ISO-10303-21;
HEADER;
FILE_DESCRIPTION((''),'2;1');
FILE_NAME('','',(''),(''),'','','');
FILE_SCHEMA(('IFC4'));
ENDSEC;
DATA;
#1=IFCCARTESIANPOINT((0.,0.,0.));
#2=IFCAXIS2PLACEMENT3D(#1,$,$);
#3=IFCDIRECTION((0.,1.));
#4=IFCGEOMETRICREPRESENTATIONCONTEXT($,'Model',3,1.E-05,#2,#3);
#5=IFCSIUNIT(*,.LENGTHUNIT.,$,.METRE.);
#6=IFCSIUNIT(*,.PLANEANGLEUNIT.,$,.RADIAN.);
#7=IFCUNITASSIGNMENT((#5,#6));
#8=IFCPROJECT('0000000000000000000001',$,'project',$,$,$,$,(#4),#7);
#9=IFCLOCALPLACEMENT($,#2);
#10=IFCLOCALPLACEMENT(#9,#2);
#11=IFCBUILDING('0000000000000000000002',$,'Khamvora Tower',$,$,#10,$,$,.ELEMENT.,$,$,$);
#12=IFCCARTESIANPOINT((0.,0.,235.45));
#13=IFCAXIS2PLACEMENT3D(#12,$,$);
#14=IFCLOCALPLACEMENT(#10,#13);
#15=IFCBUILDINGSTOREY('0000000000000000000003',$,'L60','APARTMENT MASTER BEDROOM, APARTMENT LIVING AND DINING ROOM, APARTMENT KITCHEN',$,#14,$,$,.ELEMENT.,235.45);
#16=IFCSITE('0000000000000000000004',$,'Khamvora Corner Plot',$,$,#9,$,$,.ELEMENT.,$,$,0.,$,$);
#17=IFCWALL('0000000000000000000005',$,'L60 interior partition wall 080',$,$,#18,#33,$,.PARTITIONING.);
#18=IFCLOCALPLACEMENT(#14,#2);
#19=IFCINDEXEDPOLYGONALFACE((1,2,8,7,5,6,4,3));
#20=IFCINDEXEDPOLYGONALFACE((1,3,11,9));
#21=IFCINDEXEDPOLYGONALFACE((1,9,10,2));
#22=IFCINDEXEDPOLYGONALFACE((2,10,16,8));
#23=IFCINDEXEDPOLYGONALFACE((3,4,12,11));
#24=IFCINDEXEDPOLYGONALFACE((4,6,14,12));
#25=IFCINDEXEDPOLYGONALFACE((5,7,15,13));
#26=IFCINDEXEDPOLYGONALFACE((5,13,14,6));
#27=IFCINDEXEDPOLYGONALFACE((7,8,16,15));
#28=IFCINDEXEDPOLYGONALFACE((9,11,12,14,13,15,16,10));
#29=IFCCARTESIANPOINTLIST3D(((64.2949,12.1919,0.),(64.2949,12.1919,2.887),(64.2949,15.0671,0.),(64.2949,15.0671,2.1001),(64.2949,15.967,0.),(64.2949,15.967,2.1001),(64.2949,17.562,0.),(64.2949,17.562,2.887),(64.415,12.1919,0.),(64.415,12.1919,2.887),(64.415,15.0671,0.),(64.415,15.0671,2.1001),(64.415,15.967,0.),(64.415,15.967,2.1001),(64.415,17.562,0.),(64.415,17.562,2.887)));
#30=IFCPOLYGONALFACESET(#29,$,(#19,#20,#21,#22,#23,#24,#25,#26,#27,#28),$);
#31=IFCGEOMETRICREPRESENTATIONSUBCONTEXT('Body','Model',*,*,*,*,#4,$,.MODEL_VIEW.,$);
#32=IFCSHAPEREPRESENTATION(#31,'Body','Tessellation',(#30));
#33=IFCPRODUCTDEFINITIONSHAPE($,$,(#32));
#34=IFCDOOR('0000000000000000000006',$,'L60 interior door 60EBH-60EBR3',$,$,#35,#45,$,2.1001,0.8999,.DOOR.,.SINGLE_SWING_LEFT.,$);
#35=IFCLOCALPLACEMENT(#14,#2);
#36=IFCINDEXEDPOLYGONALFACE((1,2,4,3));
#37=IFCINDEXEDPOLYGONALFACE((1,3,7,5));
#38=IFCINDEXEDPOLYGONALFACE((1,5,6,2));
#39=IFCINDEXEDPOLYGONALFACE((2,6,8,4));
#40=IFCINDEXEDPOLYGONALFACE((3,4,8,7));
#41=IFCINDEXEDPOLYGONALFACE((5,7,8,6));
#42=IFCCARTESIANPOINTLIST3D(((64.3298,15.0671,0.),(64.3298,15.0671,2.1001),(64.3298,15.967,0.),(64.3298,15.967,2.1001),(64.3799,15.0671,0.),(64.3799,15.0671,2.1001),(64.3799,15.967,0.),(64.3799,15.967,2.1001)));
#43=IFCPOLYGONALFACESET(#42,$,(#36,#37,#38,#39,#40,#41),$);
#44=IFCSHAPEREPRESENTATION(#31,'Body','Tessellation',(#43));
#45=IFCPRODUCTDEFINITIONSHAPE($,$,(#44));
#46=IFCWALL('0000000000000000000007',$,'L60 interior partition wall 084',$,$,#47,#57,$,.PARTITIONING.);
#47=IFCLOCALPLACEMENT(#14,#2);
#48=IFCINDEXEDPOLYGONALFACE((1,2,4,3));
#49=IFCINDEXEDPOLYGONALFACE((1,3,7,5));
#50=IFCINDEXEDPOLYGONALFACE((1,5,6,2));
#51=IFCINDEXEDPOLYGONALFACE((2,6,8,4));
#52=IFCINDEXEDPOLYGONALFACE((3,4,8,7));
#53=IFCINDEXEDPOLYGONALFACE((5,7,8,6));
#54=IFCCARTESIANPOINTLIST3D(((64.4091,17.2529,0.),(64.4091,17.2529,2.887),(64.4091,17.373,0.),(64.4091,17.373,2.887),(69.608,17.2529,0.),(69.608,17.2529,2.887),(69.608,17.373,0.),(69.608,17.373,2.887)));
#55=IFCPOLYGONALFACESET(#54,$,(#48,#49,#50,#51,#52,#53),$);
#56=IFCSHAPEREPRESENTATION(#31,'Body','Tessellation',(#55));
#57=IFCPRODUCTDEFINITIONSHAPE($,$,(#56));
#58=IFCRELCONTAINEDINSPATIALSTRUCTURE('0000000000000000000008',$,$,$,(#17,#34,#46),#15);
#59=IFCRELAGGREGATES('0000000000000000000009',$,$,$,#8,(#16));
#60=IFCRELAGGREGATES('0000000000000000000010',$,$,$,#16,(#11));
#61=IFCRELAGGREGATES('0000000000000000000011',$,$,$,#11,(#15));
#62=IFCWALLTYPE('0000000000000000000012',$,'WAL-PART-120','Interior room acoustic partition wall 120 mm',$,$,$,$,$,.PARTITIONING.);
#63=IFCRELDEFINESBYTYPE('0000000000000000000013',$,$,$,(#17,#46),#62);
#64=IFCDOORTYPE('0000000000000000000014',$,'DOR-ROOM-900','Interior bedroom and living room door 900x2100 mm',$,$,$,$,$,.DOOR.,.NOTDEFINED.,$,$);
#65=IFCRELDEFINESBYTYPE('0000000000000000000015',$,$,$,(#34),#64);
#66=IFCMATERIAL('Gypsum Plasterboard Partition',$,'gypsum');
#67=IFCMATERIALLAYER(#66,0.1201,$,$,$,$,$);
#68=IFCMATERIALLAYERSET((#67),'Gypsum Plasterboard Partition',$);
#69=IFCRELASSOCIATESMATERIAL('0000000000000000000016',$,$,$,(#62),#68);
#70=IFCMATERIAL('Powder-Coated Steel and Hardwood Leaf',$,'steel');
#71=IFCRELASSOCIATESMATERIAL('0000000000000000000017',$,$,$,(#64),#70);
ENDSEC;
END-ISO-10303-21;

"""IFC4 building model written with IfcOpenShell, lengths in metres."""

from ifc_helpers import new_model, si_unit, direction, frame, frame_2d, origin, place, context, subcontext, project, spatial, rectangle, extrude, material, layer, layer_set, type_object, element, fill, save


model = new_model("IFC4")

# Units and contexts
model_context = context("Model", 3, precision=1e-05, world=origin(), true_north=direction((0.0, 1.0)))
body_context = subcontext(model_context, "Body", "Model", "MODEL_VIEW")
ifc_project = project(units=[si_unit("LENGTHUNIT", "METRE"), si_unit("PLANEANGLEUNIT", "RADIAN")], contexts=[model_context])

# Site, building, storey
site_placement = place(None, origin())
site = spatial("IfcSite", under=ifc_project, at=site_placement, Name="Khamvora Corner Plot", CompositionType="ELEMENT", RefElevation=0.0)
building_placement = place(site_placement, origin())
building = spatial("IfcBuilding", under=site, at=building_placement, Name="Khamvora Tower", CompositionType="ELEMENT")
storey_placement = place(building_placement, frame((0.0, 0.0, 235.45)))
storey = spatial("IfcBuildingStorey", under=building, at=storey_placement, Name="L60", Description="APARTMENT MASTER BEDROOM, APARTMENT LIVING AND DINING ROOM, APARTMENT KITCHEN", CompositionType="ELEMENT", Elevation=235.45)

# Wall, opening, door
ifc_material_1 = material(Name="Gypsum Plasterboard Partition", Category="gypsum")
ifc_layer_1 = layer(ifc_material_1, 0.1201)
ifc_layer_set_1 = layer_set([ifc_layer_1], Name="Gypsum Plasterboard Partition")
wall_type_1 = type_object("IfcWallType", Name="WAL-PART-120", Description="Interior room acoustic partition wall 120 mm", PredefinedType="PARTITIONING", material=ifc_layer_set_1)
wall_1_placement = place(storey_placement, frame((64.355, 17.562, 0.0), z_axis=(0.0, 0.0, 1.0), x_axis=(0.0, -1.0, 0.0)))
wall_1 = element("IfcWall", 1, at=wall_1_placement, inside=storey, type_object=wall_type_1, Name="L60 interior partition wall 080", PredefinedType="PARTITIONING", context=body_context, shape_type="SweptSolid", body=[
    extrude(rectangle(XDim=5.3701, YDim=0.1201, at=frame_2d((2.6851, 0.0))), origin(), (0.0, 0.0, 1.0), 2.887),
])
opening_1_placement = place(wall_1_placement, frame((1.595, 0.0, 0.0)))
opening_1 = element("IfcOpeningElement", 2, at=opening_1_placement, cuts=wall_1, PredefinedType="OPENING", context=body_context, shape_type="SweptSolid", body=[
    extrude(rectangle(XDim=0.8999, YDim=2.1001, at=frame_2d((0.45, 1.05))), frame((0.0, 0.0701, 0.0), z_axis=(0.0, -1.0, 0.0), x_axis=(1.0, 0.0, 0.0)), (0.0, 0.0, 1.0), 0.1401),
])
ifc_material_2 = material(Name="Powder-Coated Steel and Hardwood Leaf", Category="steel")
door_type = type_object("IfcDoorType", Name="DOR-ROOM-900", Description="Interior bedroom and living room door 900x2100 mm", OperationType="NOTDEFINED", PredefinedType="DOOR", material=ifc_material_2)
door_placement = place(opening_1_placement, origin())
door = element("IfcDoor", 3, at=door_placement, inside=storey, type_object=door_type, Name="L60 interior door 60EBH-60EBR3", OperationType="SINGLE_SWING_LEFT", OverallHeight=2.1001, OverallWidth=0.8999, PredefinedType="DOOR", context=body_context, shape_type="SweptSolid", body=[
    extrude(rectangle(XDim=0.8999, YDim=2.1001, at=frame_2d((0.45, 1.05))), frame((0.0, 0.0249, 0.0), z_axis=(0.0, -1.0, 0.0), x_axis=(1.0, 0.0, 0.0)), (0.0, 0.0, 1.0), 0.05),
])
fill(opening_1, door)

# Wall
wall_2_placement = place(storey_placement, frame((64.4089, 17.313, 0.0), z_axis=(0.0, 0.0, 1.0), x_axis=(1.0, 0.0, 0.0)))
element("IfcWall", 4, at=wall_2_placement, inside=storey, type_object=wall_type_1, Name="L60 interior partition wall 084", PredefinedType="PARTITIONING", context=body_context, shape_type="SweptSolid", body=[
    extrude(rectangle(XDim=5.199, YDim=0.1201, at=frame_2d((2.5996, 0.0))), origin(), (0.0, 0.0, 1.0), 2.887),
])

save(model, "model.ifc")
